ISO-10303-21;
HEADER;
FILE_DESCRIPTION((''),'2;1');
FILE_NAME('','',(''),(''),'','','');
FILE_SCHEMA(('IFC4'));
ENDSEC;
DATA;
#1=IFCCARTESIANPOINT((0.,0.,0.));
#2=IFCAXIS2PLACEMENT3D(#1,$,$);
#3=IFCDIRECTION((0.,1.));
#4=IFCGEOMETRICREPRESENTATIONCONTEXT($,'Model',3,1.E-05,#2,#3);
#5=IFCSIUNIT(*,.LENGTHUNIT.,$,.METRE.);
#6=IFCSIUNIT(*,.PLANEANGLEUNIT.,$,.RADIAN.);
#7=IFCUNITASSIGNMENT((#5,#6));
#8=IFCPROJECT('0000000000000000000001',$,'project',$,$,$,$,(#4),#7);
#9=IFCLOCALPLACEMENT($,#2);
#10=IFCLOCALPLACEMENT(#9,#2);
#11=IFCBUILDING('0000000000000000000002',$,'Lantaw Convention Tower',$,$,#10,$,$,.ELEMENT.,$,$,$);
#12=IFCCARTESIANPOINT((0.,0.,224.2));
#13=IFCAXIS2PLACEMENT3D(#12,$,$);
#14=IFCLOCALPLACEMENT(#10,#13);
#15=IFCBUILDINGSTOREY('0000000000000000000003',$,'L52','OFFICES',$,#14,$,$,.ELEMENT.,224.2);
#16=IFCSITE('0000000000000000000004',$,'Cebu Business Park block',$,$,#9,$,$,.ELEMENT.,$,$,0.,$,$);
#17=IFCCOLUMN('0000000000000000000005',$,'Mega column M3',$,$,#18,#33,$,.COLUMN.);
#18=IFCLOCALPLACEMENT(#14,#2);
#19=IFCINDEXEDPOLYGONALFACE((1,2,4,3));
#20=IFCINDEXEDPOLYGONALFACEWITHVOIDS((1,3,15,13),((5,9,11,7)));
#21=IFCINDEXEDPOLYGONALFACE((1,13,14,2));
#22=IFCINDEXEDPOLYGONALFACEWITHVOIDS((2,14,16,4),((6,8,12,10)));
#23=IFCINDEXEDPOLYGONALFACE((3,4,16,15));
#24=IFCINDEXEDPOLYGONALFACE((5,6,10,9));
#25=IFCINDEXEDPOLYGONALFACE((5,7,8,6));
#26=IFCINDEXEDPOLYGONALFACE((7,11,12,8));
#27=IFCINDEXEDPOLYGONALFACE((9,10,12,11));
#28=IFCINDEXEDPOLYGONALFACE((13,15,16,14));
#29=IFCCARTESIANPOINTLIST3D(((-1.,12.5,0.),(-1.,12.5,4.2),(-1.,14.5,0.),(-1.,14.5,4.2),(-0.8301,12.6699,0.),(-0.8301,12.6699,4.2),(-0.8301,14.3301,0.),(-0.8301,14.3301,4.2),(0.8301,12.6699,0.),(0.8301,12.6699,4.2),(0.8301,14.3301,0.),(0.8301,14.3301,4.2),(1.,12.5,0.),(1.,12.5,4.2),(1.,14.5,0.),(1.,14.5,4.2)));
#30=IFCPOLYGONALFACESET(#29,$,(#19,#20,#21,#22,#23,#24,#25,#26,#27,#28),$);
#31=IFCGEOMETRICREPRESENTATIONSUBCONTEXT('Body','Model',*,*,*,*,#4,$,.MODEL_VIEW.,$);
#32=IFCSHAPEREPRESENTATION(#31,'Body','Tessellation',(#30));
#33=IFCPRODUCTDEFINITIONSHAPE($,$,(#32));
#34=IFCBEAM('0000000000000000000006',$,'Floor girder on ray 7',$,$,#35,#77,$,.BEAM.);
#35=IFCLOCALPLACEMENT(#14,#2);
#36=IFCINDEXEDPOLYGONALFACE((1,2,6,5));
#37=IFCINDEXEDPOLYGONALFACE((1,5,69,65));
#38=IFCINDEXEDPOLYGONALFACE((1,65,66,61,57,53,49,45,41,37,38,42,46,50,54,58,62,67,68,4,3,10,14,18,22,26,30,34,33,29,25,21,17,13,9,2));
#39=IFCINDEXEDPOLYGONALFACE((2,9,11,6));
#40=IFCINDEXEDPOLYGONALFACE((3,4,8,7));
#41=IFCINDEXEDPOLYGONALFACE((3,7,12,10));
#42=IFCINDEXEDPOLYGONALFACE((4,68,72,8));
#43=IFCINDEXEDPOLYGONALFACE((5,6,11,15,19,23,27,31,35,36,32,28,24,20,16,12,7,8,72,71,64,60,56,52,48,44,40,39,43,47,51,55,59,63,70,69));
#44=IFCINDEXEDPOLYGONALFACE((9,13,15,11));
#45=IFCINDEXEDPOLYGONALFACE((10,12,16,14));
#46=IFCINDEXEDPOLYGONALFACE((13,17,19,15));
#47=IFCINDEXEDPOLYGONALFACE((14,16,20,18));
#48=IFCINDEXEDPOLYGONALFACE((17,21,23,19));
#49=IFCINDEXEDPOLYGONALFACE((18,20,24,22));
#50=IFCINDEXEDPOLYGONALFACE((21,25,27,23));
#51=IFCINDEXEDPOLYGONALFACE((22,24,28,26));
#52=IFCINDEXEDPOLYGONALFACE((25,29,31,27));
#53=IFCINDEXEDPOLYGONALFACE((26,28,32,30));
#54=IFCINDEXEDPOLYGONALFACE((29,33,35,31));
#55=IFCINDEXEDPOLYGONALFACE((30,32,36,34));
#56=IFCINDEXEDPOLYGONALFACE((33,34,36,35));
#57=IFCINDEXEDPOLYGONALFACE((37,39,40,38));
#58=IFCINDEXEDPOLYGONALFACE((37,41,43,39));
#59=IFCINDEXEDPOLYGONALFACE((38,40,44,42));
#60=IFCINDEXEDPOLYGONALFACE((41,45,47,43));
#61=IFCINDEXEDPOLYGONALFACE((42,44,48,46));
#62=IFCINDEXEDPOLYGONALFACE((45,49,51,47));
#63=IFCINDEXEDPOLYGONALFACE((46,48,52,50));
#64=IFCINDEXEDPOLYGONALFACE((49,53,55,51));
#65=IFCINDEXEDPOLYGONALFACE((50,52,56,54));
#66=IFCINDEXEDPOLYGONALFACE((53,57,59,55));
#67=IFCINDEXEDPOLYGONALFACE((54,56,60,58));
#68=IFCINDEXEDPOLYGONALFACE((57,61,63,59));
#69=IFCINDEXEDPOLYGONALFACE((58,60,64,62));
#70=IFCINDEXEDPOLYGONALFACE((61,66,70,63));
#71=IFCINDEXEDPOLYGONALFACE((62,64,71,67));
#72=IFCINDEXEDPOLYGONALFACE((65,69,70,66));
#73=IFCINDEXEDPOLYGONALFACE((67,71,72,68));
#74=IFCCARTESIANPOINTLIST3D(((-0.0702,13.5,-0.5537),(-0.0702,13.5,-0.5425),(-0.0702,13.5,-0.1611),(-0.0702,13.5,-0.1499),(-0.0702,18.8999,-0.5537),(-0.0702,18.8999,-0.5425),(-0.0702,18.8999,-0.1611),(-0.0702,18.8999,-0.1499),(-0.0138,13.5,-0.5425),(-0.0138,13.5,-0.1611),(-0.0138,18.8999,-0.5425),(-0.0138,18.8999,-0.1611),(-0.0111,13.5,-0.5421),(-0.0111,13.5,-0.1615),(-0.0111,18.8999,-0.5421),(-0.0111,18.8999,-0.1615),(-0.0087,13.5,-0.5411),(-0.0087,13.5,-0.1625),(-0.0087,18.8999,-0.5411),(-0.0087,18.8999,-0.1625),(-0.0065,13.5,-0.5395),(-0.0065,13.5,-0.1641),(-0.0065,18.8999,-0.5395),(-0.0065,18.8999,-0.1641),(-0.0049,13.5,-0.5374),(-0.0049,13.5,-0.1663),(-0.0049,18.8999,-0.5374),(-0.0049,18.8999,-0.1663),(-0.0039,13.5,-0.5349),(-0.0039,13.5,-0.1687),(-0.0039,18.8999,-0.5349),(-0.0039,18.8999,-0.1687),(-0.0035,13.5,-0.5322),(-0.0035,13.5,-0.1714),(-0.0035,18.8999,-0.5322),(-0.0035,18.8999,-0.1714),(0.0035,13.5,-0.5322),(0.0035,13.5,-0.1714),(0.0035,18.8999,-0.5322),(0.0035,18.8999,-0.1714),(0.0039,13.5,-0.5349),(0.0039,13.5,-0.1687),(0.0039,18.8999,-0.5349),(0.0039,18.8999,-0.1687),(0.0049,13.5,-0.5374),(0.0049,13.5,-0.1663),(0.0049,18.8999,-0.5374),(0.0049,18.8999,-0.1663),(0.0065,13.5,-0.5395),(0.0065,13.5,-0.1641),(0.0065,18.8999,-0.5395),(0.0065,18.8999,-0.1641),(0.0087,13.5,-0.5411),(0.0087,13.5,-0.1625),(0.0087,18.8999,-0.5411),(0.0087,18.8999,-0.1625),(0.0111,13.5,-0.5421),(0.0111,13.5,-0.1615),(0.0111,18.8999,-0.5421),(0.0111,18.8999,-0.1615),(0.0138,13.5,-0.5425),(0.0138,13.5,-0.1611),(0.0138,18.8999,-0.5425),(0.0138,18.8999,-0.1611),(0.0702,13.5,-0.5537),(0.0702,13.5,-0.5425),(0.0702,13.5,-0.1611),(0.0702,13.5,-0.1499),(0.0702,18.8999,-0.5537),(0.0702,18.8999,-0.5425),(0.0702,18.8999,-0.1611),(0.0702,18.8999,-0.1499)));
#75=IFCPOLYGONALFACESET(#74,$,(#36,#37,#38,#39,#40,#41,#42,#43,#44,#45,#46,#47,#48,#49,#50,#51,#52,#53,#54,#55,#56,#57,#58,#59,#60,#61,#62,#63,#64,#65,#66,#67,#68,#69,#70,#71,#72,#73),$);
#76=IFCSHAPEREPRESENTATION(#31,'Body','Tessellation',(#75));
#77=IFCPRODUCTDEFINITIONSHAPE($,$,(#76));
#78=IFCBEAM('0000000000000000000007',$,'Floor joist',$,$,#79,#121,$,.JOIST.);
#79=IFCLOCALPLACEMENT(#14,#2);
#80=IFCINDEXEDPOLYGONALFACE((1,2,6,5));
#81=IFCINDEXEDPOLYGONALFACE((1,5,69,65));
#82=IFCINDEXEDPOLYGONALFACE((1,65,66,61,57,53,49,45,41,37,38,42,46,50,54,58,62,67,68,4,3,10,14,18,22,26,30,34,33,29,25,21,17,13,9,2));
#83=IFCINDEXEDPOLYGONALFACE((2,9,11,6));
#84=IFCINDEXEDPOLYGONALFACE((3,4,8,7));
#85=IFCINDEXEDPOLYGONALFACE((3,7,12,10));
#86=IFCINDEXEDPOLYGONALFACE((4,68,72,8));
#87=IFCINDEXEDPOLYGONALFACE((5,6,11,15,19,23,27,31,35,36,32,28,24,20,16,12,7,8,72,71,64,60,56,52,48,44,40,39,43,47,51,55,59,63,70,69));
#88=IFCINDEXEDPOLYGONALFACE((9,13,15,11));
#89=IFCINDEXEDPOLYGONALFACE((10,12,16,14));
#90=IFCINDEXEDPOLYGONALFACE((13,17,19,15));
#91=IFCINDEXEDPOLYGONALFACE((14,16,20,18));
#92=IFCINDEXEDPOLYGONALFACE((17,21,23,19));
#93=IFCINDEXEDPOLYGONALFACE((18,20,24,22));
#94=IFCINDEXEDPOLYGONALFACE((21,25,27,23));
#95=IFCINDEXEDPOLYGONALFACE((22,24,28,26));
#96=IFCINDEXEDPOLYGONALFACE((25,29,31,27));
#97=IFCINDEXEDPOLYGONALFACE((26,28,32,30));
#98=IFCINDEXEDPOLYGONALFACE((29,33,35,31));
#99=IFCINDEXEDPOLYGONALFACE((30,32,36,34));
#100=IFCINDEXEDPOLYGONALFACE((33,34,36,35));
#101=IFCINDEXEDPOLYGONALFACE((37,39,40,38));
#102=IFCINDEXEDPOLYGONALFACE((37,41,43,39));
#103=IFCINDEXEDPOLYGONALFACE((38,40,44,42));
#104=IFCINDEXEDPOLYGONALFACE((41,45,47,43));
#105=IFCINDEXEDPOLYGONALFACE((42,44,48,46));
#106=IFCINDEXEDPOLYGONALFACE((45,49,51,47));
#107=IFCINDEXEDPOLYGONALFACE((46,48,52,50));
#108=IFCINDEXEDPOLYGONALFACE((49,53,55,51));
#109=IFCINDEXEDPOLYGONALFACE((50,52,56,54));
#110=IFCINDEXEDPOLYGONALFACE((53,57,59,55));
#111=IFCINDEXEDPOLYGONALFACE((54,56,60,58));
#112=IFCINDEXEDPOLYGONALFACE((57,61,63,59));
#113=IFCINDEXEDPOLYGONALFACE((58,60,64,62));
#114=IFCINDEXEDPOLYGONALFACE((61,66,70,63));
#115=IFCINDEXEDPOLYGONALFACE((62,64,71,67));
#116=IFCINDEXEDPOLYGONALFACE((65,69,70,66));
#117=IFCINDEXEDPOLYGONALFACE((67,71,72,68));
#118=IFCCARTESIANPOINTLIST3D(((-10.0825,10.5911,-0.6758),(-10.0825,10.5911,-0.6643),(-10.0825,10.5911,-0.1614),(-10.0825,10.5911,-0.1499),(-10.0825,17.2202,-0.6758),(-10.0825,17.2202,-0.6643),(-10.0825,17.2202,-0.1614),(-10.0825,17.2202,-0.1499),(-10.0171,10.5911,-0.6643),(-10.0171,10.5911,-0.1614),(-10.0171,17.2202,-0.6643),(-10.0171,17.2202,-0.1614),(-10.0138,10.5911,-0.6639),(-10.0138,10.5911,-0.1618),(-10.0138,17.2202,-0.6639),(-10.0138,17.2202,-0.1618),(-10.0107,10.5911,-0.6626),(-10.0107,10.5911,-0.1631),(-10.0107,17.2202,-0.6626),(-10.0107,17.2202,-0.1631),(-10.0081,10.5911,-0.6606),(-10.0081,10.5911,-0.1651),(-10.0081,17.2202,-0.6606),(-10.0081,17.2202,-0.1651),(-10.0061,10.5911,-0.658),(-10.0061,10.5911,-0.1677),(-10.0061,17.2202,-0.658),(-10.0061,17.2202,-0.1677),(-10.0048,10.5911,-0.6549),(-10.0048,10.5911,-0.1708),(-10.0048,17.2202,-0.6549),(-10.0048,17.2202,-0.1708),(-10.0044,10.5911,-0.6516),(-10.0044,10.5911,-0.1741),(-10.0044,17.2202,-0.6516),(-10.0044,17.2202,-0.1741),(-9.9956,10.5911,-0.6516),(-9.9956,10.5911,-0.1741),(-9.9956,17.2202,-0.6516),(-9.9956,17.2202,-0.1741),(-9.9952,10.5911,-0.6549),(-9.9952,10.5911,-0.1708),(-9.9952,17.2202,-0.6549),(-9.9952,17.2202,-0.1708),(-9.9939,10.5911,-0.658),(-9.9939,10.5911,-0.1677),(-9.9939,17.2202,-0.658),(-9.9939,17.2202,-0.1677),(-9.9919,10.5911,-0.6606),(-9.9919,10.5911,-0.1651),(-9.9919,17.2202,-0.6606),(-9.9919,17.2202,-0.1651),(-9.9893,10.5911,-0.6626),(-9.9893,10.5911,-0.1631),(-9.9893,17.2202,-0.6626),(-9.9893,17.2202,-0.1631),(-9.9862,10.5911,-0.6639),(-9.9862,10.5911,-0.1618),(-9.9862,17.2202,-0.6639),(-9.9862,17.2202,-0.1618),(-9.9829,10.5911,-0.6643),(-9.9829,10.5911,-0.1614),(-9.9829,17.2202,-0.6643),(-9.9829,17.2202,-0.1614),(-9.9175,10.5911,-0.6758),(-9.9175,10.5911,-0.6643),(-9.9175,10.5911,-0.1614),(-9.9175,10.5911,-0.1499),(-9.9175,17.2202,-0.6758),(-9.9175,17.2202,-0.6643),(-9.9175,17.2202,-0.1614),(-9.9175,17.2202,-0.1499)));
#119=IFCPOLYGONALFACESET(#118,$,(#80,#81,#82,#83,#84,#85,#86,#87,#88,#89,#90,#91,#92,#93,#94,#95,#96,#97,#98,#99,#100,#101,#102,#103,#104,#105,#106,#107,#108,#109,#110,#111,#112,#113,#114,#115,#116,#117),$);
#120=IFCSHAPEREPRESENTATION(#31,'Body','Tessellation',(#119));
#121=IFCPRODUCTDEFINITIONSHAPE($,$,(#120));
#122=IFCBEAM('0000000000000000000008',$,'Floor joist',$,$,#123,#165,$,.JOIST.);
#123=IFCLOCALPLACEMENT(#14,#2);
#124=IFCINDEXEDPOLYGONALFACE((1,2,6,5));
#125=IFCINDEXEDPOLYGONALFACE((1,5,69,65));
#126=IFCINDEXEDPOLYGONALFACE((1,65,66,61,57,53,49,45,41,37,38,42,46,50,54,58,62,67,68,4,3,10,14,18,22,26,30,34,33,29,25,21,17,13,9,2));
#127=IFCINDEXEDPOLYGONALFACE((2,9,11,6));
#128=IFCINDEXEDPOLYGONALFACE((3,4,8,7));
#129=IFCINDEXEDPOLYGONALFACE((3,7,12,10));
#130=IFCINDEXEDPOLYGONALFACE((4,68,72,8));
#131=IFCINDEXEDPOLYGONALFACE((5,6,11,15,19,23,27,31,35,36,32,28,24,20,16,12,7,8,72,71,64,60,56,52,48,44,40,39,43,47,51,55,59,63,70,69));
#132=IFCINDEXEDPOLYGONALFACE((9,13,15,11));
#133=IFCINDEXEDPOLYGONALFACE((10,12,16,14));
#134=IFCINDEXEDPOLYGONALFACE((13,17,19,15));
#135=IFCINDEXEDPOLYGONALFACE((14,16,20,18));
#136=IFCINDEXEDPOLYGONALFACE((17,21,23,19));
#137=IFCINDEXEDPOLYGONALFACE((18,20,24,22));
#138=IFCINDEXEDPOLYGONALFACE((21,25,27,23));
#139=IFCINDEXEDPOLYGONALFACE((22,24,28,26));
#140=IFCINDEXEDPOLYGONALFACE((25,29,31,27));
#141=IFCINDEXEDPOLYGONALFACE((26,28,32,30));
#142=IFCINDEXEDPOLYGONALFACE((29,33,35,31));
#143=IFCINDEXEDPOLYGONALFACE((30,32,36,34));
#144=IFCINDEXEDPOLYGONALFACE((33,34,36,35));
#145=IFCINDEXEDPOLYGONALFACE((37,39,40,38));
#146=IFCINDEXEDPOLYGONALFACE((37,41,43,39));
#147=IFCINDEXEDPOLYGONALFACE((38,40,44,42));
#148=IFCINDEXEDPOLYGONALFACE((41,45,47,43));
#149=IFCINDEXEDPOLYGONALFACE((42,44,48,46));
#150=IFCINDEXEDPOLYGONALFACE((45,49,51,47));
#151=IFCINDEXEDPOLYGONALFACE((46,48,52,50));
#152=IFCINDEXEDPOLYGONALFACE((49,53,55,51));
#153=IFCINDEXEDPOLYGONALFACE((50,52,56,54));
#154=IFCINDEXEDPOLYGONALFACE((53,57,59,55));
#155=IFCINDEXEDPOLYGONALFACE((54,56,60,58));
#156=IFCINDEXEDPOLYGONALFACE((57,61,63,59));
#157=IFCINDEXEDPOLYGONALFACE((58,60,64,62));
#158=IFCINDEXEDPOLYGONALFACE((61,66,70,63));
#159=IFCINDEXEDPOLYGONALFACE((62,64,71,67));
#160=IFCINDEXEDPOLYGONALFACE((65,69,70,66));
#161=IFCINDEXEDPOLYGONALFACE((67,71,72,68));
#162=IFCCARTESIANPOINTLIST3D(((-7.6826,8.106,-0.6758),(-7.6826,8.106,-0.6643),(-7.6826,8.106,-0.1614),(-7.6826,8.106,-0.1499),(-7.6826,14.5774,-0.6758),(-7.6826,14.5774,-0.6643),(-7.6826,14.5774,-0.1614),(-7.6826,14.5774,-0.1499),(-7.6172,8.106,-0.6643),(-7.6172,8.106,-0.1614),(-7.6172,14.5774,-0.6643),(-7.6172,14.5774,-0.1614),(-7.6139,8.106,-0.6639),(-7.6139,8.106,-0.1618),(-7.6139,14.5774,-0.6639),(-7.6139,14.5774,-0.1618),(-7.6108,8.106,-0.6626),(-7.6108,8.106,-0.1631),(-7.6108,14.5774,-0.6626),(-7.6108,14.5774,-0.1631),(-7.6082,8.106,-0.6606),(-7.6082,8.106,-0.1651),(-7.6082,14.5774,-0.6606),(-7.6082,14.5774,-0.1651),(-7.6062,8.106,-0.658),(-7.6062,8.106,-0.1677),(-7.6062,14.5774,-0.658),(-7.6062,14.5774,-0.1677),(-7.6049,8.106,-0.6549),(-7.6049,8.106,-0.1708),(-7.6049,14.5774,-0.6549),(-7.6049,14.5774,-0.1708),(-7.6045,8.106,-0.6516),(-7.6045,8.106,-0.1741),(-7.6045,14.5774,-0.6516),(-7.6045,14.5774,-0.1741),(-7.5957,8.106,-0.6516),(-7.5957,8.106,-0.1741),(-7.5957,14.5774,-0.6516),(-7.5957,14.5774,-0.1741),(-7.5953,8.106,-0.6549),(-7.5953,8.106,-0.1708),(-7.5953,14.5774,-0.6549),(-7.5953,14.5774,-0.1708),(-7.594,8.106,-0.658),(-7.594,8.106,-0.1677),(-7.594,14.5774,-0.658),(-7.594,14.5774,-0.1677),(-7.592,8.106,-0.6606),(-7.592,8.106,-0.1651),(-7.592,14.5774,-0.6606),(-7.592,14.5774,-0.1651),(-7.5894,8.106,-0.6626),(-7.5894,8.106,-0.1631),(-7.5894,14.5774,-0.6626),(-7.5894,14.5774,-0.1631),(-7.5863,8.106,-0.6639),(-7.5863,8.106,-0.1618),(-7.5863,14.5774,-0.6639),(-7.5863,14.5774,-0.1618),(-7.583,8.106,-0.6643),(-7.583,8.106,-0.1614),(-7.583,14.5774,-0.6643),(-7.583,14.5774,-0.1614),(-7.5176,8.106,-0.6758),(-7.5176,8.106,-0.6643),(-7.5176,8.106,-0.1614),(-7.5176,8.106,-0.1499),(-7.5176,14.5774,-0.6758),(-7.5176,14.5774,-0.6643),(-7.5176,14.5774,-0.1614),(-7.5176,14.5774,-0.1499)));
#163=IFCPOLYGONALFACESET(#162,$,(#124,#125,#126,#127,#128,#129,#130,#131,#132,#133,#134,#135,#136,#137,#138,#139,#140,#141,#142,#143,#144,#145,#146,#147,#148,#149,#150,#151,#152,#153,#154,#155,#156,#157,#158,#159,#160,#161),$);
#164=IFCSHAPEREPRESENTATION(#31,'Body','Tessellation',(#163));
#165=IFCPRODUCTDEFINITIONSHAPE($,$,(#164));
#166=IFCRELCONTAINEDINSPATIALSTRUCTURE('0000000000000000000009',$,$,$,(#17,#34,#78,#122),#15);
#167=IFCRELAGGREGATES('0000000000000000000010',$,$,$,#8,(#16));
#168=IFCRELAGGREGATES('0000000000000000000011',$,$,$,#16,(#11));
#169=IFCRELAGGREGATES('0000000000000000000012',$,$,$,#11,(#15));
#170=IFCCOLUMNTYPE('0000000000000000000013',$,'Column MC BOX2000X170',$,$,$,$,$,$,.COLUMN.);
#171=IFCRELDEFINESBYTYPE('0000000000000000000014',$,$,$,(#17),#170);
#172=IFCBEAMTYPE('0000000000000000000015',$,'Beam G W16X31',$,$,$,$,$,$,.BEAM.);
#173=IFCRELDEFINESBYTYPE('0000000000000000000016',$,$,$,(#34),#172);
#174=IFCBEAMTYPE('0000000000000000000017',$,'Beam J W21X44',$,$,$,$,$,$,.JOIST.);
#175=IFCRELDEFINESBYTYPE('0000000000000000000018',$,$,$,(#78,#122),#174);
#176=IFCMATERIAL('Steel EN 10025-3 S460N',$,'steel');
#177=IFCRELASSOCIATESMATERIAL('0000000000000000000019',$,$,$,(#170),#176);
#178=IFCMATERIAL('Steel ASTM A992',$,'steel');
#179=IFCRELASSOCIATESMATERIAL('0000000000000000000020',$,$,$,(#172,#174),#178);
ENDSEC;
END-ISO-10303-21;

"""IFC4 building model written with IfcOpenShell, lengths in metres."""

from ifc_helpers import new_model, si_unit, direction, frame, origin, origin_2d, place, context, subcontext, project, spatial, rectangle, hollow_rectangle, i_section, extrude, material, material_profile, profile_set, type_object, element, save


model = new_model("IFC4")

# Units and contexts
model_context = context("Model", 3, precision=1e-05, world=origin(), true_north=direction((0.0, 1.0)))
body_context = subcontext(model_context, "Body", "Model", "MODEL_VIEW")
ifc_project = project(units=[si_unit("LENGTHUNIT", "METRE"), si_unit("PLANEANGLEUNIT", "RADIAN")], contexts=[model_context])

# Site, building, storey
site_placement = place(None, origin())
site = spatial("IfcSite", under=ifc_project, at=site_placement, Name="Cebu Business Park block", CompositionType="ELEMENT", RefElevation=0.0)
building_placement = place(site_placement, origin())
building = spatial("IfcBuilding", under=site, at=building_placement, Name="Lantaw Convention Tower", CompositionType="ELEMENT")
storey_placement = place(building_placement, frame((0.0, 0.0, 224.2)))
storey = spatial("IfcBuildingStorey", under=building, at=storey_placement, Name="L52", Description="OFFICES", CompositionType="ELEMENT", Elevation=224.2)

# Column
ifc_material_1 = material(Name="Steel EN 10025-3 S460N", Category="steel")
ifc_material_profile_1 = material_profile(ifc_material_1, hollow_rectangle(XDim=2.0, YDim=2.0, WallThickness=0.1699, at=origin_2d()), Name="BOX2000X170")
ifc_material_2 = material(Name="Concrete C60/75", Category="concrete")
ifc_material_profile_2 = material_profile(ifc_material_2, rectangle(XDim=1.6599, YDim=1.6599, at=origin_2d()), Name="Concrete fill of BOX2000X170")
ifc_profile_set_1 = profile_set([ifc_material_profile_1, ifc_material_profile_2], Name="Steel EN 10025-3 S460N")
column_type = type_object("IfcColumnType", Name="Column MC BOX2000X170", PredefinedType="COLUMN", material=ifc_profile_set_1)
column_placement = place(storey_placement, frame((0.0, 13.5, 0.0), z_axis=(0.0, 0.0, 1.0), x_axis=(1.0, 0.0, 0.0)))
element("IfcColumn", 1, at=column_placement, inside=storey, type_object=column_type, Name="Mega column M3", PredefinedType="COLUMN", context=body_context, shape_type="SweptSolid", body=[
    extrude(hollow_rectangle(XDim=2.0, YDim=2.0, WallThickness=0.1699, at=origin_2d()), origin(), (0.0, 0.0, 1.0), 4.2),
])

# Beams
ifc_material_3 = material(Name="Steel ASTM A992", Category="steel")
ifc_material_profile_3 = material_profile(ifc_material_3, i_section(OverallWidth=0.1404, OverallDepth=0.4038, WebThickness=0.0071, FlangeThickness=0.0112, FilletRadius=0.0103, at=origin_2d()), Name="W16X31")
ifc_profile_set_2 = profile_set([ifc_material_profile_3], Name="Steel ASTM A992")
beam_type_1 = type_object("IfcBeamType", Name="Beam G W16X31", PredefinedType="BEAM", material=ifc_profile_set_2)
beam_1_placement = place(storey_placement, frame((0.0, 13.5, -0.3518), z_axis=(0.0, 1.0, 0.0), x_axis=(-1.0, 0.0, 0.0)))
element("IfcBeam", 2, at=beam_1_placement, inside=storey, type_object=beam_type_1, Name="Floor girder on ray 7", PredefinedType="BEAM", context=body_context, shape_type="SweptSolid", body=[
    extrude(i_section(OverallWidth=0.1404, OverallDepth=0.4038, WebThickness=0.0071, FlangeThickness=0.0112, FilletRadius=0.0103, at=origin_2d()), origin(), (0.0, 0.0, 1.0), 5.3999),
])
ifc_material_profile_4 = material_profile(ifc_material_3, i_section(OverallWidth=0.165, OverallDepth=0.5259, WebThickness=0.0088, FlangeThickness=0.0115, FilletRadius=0.0127, at=origin_2d()), Name="W21X44")
ifc_profile_set_3 = profile_set([ifc_material_profile_4], Name="Steel ASTM A992")
beam_type_2 = type_object("IfcBeamType", Name="Beam J W21X44", PredefinedType="JOIST", material=ifc_profile_set_3)
beam_2_placement = place(storey_placement, frame((-10.0, 10.5911, -0.4128), z_axis=(0.0, 1.0, 0.0), x_axis=(-1.0, 0.0, 0.0)))
element("IfcBeam", 3, at=beam_2_placement, inside=storey, type_object=beam_type_2, Name="Floor joist", PredefinedType="JOIST", context=body_context, shape_type="SweptSolid", body=[
    extrude(i_section(OverallWidth=0.165, OverallDepth=0.5259, WebThickness=0.0088, FlangeThickness=0.0115, FilletRadius=0.0127, at=origin_2d()), origin(), (0.0, 0.0, 1.0), 6.6292),
])
beam_3_placement = place(storey_placement, frame((-7.6001, 8.106, -0.4128), z_axis=(0.0, 1.0, 0.0), x_axis=(-1.0, 0.0, 0.0)))
element("IfcBeam", 4, at=beam_3_placement, inside=storey, type_object=beam_type_2, Name="Floor joist", PredefinedType="JOIST", context=body_context, shape_type="SweptSolid", body=[
    extrude(i_section(OverallWidth=0.165, OverallDepth=0.5259, WebThickness=0.0088, FlangeThickness=0.0115, FilletRadius=0.0127, at=origin_2d()), origin(), (0.0, 0.0, 1.0), 6.4714),
])

save(model, "model.ifc")
